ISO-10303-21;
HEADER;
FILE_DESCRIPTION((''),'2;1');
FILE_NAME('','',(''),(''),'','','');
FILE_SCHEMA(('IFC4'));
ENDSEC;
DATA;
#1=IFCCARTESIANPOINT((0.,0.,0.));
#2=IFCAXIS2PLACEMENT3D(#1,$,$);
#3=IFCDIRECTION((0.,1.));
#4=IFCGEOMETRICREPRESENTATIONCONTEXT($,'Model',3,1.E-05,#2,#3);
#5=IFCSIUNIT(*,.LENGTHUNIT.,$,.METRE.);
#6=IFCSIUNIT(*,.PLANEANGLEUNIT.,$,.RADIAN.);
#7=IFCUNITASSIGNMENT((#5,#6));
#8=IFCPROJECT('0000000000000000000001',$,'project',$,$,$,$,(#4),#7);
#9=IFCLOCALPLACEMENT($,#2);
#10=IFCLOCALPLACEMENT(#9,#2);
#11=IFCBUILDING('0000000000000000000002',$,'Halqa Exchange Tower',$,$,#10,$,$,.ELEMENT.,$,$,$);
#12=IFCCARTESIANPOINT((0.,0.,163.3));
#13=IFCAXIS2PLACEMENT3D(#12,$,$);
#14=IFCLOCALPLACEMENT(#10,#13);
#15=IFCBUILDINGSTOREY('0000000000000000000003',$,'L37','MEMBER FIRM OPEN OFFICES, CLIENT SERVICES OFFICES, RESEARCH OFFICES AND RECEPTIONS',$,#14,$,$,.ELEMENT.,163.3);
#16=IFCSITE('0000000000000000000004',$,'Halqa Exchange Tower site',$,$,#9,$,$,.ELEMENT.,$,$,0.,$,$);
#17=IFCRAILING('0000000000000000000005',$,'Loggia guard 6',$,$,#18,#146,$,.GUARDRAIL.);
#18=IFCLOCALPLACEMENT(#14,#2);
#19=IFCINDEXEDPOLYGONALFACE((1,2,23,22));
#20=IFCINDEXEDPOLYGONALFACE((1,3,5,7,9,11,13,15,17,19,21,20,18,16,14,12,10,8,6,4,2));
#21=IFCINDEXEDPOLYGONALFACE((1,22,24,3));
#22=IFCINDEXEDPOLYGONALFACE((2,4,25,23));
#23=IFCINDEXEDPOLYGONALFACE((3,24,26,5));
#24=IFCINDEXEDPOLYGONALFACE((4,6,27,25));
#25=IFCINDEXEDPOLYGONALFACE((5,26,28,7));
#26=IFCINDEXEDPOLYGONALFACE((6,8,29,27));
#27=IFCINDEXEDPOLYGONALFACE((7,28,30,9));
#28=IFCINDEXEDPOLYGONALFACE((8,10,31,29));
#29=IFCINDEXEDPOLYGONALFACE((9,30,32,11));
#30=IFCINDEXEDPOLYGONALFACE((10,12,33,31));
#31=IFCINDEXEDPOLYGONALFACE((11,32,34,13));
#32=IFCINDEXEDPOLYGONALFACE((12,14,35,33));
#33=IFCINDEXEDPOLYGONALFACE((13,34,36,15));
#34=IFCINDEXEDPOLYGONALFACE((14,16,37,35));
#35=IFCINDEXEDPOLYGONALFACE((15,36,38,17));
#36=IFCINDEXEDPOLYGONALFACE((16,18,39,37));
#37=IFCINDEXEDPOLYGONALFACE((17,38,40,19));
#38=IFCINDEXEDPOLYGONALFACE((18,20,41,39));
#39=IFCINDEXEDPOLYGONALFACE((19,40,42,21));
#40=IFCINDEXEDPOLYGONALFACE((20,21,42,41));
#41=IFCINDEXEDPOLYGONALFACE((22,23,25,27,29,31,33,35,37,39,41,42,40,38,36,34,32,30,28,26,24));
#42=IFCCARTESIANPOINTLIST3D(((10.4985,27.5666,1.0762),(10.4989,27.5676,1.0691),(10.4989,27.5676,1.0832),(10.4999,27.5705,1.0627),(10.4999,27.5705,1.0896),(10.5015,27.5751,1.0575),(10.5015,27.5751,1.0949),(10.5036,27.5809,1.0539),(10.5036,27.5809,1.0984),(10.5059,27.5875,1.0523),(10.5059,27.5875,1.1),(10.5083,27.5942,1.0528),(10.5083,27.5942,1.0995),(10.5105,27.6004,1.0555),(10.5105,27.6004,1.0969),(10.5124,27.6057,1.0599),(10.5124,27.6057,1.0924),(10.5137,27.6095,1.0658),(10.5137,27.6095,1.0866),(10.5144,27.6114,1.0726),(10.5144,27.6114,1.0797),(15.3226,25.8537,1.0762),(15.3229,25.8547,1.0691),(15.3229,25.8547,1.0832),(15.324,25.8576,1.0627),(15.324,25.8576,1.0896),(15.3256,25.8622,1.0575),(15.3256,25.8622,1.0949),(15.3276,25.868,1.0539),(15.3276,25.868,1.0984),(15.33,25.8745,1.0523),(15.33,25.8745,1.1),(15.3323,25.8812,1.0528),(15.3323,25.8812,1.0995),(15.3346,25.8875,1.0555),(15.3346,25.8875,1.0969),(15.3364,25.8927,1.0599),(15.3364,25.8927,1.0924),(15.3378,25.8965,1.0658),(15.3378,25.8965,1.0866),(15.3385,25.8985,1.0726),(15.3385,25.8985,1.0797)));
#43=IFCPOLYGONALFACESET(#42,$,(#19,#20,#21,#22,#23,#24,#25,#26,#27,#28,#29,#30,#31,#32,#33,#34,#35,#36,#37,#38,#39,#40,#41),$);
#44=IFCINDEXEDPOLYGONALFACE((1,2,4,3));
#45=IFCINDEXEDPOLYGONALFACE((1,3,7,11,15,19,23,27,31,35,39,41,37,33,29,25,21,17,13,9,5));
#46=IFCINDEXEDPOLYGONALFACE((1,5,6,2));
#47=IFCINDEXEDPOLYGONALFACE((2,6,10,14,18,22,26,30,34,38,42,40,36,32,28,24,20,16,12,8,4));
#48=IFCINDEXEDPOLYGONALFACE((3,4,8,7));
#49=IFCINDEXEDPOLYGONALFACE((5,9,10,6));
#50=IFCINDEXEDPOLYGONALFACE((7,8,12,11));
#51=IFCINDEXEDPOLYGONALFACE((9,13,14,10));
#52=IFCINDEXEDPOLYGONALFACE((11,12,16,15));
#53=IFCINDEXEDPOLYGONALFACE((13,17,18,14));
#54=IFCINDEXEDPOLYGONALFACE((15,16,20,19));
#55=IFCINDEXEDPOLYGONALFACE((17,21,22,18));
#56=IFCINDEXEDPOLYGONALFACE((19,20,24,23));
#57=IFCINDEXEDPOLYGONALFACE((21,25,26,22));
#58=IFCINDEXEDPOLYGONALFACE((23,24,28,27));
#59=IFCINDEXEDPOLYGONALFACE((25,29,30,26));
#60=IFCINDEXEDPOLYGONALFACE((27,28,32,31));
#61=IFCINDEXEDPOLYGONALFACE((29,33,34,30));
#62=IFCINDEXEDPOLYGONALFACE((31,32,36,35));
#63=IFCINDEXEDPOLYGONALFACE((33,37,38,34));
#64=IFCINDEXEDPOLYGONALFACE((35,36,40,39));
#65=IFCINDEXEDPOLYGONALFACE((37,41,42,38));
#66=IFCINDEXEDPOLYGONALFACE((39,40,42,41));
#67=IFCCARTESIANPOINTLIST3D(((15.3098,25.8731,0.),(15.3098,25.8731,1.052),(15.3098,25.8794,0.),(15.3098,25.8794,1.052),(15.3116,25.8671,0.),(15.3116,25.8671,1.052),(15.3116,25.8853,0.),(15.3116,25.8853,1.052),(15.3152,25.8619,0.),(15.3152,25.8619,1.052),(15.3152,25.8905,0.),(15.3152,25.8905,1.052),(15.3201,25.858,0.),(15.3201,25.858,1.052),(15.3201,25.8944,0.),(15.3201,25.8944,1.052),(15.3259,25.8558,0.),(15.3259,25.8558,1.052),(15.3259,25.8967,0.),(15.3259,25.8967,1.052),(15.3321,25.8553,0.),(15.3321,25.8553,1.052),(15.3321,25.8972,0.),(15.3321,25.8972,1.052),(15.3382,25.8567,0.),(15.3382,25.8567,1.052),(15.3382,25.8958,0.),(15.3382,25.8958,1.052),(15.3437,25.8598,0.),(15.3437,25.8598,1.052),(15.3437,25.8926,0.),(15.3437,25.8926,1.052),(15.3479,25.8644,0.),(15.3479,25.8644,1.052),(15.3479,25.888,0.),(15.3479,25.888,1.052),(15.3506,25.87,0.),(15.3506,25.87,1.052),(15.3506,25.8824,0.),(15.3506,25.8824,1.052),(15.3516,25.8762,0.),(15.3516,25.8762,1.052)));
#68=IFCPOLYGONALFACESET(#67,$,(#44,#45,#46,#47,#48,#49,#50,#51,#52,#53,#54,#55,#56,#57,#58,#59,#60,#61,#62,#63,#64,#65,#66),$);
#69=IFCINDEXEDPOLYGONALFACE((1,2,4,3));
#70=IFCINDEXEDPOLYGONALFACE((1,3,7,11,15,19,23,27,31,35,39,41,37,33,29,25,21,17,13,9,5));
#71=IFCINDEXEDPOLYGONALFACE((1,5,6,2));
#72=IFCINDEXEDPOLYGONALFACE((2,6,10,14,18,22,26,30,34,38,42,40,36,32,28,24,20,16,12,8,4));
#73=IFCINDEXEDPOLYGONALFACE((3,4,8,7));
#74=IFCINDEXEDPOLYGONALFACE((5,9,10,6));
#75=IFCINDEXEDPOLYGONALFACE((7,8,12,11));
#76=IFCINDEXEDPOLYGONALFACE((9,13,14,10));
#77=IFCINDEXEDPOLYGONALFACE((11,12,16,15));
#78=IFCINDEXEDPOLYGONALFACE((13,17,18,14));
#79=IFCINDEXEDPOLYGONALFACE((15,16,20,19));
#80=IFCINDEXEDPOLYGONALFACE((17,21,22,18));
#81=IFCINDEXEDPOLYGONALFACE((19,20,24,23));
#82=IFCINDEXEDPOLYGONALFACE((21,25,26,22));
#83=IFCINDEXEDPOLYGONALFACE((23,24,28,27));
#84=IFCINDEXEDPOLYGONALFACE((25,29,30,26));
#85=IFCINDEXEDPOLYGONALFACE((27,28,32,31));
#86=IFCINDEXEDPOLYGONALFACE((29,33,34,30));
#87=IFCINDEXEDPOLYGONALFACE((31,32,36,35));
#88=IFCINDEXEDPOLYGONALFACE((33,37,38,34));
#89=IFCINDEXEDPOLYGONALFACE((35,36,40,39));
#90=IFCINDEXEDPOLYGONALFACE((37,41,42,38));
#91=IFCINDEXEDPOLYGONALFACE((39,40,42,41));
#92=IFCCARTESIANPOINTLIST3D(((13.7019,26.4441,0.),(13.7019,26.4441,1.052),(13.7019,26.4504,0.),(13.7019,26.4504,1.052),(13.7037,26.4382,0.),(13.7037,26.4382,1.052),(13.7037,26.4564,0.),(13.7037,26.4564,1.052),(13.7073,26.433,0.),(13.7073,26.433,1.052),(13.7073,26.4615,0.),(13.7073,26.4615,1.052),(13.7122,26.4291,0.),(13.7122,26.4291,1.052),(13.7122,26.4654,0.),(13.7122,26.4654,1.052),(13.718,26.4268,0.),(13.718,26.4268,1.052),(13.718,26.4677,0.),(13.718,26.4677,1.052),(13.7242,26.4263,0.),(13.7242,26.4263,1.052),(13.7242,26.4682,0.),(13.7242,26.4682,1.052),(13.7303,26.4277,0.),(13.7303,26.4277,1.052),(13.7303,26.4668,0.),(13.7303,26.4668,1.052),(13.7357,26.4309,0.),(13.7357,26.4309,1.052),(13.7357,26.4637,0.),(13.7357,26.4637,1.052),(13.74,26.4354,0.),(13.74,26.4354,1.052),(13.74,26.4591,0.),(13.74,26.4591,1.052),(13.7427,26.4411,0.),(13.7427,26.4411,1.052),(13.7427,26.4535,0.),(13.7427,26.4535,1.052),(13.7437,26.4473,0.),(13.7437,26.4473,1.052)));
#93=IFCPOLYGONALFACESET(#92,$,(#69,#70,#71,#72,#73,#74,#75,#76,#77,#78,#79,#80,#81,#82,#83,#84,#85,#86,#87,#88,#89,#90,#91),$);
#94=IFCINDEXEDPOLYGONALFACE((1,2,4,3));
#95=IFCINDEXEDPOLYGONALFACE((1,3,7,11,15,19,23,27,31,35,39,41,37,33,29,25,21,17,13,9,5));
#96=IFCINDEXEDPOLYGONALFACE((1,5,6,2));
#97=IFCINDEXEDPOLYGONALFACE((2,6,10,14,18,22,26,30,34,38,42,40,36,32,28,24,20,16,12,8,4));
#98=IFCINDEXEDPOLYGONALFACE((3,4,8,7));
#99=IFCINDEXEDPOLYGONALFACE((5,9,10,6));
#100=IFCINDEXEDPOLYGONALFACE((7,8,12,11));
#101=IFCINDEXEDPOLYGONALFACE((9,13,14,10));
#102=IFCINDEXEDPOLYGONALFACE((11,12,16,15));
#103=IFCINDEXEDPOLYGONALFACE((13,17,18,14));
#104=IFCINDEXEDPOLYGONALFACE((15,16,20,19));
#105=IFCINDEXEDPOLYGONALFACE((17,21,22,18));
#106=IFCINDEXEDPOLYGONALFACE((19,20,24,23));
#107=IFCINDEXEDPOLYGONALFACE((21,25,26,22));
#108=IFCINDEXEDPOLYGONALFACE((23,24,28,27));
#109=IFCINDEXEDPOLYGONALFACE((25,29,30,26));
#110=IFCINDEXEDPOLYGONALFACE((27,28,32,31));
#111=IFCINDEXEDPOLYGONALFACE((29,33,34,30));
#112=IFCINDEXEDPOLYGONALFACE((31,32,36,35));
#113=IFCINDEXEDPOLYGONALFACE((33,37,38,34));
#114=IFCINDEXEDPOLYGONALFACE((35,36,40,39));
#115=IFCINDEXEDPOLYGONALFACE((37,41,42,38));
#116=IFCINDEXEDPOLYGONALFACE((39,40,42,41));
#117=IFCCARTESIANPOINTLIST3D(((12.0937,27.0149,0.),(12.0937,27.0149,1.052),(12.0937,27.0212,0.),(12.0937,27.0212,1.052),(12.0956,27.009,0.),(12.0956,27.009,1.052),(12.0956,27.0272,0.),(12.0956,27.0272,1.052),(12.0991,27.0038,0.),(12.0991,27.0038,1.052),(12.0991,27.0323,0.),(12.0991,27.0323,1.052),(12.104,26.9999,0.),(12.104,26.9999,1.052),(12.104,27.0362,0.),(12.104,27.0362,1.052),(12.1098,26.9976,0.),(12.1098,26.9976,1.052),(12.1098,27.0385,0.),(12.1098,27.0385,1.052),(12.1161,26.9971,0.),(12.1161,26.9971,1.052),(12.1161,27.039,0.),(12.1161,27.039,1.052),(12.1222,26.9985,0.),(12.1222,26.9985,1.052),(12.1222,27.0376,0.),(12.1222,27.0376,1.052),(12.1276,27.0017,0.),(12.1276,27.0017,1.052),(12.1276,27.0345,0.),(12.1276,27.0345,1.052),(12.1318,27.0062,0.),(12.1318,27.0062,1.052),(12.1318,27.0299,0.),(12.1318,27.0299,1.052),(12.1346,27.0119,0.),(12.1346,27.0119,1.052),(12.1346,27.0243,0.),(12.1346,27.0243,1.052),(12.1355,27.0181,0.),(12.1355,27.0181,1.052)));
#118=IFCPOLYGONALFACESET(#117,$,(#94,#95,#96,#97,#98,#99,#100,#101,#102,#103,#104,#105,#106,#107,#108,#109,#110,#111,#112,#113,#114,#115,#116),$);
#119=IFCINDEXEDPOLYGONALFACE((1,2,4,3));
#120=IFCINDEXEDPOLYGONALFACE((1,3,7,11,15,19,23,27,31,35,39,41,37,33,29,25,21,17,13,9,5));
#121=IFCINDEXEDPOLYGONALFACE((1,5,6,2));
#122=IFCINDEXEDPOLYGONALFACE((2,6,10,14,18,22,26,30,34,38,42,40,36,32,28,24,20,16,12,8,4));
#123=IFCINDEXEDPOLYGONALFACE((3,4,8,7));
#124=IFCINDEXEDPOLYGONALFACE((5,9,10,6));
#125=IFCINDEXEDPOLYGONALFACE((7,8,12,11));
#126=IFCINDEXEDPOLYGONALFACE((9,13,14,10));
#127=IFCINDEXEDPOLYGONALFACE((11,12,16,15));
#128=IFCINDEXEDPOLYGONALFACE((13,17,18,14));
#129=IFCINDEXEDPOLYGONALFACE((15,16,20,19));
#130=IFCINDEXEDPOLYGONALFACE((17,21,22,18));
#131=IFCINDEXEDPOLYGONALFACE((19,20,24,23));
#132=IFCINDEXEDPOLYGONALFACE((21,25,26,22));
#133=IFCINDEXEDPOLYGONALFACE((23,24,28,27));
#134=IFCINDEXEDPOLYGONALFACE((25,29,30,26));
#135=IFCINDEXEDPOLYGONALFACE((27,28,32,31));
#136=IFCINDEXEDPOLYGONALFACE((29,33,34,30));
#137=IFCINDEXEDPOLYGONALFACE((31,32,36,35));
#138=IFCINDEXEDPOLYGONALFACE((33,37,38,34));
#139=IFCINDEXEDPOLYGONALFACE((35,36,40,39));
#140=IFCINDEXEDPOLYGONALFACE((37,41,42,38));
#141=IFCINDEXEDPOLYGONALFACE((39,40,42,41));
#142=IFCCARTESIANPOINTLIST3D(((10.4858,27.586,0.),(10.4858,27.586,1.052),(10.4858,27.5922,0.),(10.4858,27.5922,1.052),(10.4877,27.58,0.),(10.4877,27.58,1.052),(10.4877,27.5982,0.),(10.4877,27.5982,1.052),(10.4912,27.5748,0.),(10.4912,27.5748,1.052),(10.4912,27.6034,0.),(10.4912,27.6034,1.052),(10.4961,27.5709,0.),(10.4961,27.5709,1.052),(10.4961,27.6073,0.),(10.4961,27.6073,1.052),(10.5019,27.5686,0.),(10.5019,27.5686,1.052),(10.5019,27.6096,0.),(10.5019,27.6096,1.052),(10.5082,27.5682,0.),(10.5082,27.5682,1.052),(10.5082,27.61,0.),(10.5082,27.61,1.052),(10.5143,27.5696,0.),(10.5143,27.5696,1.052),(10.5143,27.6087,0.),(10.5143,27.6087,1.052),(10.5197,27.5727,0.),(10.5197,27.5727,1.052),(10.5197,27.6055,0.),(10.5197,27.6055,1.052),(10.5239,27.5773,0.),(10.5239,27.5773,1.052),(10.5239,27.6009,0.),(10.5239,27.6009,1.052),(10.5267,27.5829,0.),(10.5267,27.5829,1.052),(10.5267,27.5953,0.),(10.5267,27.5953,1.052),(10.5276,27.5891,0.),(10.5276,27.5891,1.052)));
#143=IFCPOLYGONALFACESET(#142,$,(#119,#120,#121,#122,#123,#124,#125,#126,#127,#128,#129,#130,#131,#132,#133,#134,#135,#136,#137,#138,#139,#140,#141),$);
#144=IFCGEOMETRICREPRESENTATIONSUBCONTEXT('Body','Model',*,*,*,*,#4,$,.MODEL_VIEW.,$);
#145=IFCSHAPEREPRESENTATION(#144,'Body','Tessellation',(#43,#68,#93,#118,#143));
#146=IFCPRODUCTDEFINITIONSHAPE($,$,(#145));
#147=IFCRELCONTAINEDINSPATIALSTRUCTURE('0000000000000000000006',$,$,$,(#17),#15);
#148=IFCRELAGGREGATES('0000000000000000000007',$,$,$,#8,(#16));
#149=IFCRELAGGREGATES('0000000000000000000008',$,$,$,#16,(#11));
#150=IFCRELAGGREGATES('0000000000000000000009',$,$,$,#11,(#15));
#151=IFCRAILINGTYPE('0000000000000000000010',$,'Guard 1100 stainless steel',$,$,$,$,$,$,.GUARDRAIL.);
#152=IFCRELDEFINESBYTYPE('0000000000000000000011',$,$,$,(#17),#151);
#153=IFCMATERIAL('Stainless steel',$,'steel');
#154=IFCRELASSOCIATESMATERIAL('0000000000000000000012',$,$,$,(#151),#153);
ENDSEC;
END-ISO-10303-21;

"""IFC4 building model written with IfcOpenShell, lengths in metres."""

from ifc_helpers import new_model, si_unit, direction, frame, origin, origin_2d, place, context, subcontext, project, spatial, circle, extrude, material, type_object, element, save


model = new_model("IFC4")

# Units and contexts
model_context = context("Model", 3, precision=1e-05, world=origin(), true_north=direction((0.0, 1.0)))
body_context = subcontext(model_context, "Body", "Model", "MODEL_VIEW")
ifc_project = project(units=[si_unit("LENGTHUNIT", "METRE"), si_unit("PLANEANGLEUNIT", "RADIAN")], contexts=[model_context])

# Site, building, storey
site_placement = place(None, origin())
site = spatial("IfcSite", under=ifc_project, at=site_placement, Name="Halqa Exchange Tower site", CompositionType="ELEMENT", RefElevation=0.0)
building_placement = place(site_placement, origin())
building = spatial("IfcBuilding", under=site, at=building_placement, Name="Halqa Exchange Tower", CompositionType="ELEMENT")
storey_placement = place(building_placement, frame((0.0, 0.0, 163.3)))
storey = spatial("IfcBuildingStorey", under=building, at=storey_placement, Name="L37", Description="MEMBER FIRM OPEN OFFICES, CLIENT SERVICES OFFICES, RESEARCH OFFICES AND RECEPTIONS", CompositionType="ELEMENT", Elevation=163.3)

# Railing
ifc_material_1 = material(Name="Stainless steel", Category="steel")
railing_type = type_object("IfcRailingType", Name="Guard 1100 stainless steel", PredefinedType="GUARDRAIL", material=ifc_material_1)
railing_1_placement = place(storey_placement, frame((15.3306, 25.8762, 0.0)))
element("IfcRailing", 1, at=railing_1_placement, inside=storey, type_object=railing_type, Name="Loggia guard 6", PredefinedType="GUARDRAIL", context=body_context, shape_type="SweptSolid", body=[
    extrude(circle(Radius=0.0239, at=origin_2d()), frame((0.0, 0.0, 1.0762), z_axis=(-0.942356, 0.334611, 0.0), x_axis=(-0.334611, -0.942356, 0.0)), (0.0, 0.0, 1.0), 5.1191),
    extrude(circle(Radius=0.021, at=origin_2d()), origin(), (0.0, 0.0, 1.0), 1.052),
    extrude(circle(Radius=0.021, at=origin_2d()), frame((-1.6079, 0.571, 0.0)), (0.0, 0.0, 1.0), 1.052),
    extrude(circle(Radius=0.021, at=origin_2d()), frame((-3.2161, 1.1418, 0.0)), (0.0, 0.0, 1.0), 1.052),
    extrude(circle(Radius=0.021, at=origin_2d()), frame((-4.824, 1.7129, 0.0)), (0.0, 0.0, 1.0), 1.052),
])

save(model, "model.ifc")
